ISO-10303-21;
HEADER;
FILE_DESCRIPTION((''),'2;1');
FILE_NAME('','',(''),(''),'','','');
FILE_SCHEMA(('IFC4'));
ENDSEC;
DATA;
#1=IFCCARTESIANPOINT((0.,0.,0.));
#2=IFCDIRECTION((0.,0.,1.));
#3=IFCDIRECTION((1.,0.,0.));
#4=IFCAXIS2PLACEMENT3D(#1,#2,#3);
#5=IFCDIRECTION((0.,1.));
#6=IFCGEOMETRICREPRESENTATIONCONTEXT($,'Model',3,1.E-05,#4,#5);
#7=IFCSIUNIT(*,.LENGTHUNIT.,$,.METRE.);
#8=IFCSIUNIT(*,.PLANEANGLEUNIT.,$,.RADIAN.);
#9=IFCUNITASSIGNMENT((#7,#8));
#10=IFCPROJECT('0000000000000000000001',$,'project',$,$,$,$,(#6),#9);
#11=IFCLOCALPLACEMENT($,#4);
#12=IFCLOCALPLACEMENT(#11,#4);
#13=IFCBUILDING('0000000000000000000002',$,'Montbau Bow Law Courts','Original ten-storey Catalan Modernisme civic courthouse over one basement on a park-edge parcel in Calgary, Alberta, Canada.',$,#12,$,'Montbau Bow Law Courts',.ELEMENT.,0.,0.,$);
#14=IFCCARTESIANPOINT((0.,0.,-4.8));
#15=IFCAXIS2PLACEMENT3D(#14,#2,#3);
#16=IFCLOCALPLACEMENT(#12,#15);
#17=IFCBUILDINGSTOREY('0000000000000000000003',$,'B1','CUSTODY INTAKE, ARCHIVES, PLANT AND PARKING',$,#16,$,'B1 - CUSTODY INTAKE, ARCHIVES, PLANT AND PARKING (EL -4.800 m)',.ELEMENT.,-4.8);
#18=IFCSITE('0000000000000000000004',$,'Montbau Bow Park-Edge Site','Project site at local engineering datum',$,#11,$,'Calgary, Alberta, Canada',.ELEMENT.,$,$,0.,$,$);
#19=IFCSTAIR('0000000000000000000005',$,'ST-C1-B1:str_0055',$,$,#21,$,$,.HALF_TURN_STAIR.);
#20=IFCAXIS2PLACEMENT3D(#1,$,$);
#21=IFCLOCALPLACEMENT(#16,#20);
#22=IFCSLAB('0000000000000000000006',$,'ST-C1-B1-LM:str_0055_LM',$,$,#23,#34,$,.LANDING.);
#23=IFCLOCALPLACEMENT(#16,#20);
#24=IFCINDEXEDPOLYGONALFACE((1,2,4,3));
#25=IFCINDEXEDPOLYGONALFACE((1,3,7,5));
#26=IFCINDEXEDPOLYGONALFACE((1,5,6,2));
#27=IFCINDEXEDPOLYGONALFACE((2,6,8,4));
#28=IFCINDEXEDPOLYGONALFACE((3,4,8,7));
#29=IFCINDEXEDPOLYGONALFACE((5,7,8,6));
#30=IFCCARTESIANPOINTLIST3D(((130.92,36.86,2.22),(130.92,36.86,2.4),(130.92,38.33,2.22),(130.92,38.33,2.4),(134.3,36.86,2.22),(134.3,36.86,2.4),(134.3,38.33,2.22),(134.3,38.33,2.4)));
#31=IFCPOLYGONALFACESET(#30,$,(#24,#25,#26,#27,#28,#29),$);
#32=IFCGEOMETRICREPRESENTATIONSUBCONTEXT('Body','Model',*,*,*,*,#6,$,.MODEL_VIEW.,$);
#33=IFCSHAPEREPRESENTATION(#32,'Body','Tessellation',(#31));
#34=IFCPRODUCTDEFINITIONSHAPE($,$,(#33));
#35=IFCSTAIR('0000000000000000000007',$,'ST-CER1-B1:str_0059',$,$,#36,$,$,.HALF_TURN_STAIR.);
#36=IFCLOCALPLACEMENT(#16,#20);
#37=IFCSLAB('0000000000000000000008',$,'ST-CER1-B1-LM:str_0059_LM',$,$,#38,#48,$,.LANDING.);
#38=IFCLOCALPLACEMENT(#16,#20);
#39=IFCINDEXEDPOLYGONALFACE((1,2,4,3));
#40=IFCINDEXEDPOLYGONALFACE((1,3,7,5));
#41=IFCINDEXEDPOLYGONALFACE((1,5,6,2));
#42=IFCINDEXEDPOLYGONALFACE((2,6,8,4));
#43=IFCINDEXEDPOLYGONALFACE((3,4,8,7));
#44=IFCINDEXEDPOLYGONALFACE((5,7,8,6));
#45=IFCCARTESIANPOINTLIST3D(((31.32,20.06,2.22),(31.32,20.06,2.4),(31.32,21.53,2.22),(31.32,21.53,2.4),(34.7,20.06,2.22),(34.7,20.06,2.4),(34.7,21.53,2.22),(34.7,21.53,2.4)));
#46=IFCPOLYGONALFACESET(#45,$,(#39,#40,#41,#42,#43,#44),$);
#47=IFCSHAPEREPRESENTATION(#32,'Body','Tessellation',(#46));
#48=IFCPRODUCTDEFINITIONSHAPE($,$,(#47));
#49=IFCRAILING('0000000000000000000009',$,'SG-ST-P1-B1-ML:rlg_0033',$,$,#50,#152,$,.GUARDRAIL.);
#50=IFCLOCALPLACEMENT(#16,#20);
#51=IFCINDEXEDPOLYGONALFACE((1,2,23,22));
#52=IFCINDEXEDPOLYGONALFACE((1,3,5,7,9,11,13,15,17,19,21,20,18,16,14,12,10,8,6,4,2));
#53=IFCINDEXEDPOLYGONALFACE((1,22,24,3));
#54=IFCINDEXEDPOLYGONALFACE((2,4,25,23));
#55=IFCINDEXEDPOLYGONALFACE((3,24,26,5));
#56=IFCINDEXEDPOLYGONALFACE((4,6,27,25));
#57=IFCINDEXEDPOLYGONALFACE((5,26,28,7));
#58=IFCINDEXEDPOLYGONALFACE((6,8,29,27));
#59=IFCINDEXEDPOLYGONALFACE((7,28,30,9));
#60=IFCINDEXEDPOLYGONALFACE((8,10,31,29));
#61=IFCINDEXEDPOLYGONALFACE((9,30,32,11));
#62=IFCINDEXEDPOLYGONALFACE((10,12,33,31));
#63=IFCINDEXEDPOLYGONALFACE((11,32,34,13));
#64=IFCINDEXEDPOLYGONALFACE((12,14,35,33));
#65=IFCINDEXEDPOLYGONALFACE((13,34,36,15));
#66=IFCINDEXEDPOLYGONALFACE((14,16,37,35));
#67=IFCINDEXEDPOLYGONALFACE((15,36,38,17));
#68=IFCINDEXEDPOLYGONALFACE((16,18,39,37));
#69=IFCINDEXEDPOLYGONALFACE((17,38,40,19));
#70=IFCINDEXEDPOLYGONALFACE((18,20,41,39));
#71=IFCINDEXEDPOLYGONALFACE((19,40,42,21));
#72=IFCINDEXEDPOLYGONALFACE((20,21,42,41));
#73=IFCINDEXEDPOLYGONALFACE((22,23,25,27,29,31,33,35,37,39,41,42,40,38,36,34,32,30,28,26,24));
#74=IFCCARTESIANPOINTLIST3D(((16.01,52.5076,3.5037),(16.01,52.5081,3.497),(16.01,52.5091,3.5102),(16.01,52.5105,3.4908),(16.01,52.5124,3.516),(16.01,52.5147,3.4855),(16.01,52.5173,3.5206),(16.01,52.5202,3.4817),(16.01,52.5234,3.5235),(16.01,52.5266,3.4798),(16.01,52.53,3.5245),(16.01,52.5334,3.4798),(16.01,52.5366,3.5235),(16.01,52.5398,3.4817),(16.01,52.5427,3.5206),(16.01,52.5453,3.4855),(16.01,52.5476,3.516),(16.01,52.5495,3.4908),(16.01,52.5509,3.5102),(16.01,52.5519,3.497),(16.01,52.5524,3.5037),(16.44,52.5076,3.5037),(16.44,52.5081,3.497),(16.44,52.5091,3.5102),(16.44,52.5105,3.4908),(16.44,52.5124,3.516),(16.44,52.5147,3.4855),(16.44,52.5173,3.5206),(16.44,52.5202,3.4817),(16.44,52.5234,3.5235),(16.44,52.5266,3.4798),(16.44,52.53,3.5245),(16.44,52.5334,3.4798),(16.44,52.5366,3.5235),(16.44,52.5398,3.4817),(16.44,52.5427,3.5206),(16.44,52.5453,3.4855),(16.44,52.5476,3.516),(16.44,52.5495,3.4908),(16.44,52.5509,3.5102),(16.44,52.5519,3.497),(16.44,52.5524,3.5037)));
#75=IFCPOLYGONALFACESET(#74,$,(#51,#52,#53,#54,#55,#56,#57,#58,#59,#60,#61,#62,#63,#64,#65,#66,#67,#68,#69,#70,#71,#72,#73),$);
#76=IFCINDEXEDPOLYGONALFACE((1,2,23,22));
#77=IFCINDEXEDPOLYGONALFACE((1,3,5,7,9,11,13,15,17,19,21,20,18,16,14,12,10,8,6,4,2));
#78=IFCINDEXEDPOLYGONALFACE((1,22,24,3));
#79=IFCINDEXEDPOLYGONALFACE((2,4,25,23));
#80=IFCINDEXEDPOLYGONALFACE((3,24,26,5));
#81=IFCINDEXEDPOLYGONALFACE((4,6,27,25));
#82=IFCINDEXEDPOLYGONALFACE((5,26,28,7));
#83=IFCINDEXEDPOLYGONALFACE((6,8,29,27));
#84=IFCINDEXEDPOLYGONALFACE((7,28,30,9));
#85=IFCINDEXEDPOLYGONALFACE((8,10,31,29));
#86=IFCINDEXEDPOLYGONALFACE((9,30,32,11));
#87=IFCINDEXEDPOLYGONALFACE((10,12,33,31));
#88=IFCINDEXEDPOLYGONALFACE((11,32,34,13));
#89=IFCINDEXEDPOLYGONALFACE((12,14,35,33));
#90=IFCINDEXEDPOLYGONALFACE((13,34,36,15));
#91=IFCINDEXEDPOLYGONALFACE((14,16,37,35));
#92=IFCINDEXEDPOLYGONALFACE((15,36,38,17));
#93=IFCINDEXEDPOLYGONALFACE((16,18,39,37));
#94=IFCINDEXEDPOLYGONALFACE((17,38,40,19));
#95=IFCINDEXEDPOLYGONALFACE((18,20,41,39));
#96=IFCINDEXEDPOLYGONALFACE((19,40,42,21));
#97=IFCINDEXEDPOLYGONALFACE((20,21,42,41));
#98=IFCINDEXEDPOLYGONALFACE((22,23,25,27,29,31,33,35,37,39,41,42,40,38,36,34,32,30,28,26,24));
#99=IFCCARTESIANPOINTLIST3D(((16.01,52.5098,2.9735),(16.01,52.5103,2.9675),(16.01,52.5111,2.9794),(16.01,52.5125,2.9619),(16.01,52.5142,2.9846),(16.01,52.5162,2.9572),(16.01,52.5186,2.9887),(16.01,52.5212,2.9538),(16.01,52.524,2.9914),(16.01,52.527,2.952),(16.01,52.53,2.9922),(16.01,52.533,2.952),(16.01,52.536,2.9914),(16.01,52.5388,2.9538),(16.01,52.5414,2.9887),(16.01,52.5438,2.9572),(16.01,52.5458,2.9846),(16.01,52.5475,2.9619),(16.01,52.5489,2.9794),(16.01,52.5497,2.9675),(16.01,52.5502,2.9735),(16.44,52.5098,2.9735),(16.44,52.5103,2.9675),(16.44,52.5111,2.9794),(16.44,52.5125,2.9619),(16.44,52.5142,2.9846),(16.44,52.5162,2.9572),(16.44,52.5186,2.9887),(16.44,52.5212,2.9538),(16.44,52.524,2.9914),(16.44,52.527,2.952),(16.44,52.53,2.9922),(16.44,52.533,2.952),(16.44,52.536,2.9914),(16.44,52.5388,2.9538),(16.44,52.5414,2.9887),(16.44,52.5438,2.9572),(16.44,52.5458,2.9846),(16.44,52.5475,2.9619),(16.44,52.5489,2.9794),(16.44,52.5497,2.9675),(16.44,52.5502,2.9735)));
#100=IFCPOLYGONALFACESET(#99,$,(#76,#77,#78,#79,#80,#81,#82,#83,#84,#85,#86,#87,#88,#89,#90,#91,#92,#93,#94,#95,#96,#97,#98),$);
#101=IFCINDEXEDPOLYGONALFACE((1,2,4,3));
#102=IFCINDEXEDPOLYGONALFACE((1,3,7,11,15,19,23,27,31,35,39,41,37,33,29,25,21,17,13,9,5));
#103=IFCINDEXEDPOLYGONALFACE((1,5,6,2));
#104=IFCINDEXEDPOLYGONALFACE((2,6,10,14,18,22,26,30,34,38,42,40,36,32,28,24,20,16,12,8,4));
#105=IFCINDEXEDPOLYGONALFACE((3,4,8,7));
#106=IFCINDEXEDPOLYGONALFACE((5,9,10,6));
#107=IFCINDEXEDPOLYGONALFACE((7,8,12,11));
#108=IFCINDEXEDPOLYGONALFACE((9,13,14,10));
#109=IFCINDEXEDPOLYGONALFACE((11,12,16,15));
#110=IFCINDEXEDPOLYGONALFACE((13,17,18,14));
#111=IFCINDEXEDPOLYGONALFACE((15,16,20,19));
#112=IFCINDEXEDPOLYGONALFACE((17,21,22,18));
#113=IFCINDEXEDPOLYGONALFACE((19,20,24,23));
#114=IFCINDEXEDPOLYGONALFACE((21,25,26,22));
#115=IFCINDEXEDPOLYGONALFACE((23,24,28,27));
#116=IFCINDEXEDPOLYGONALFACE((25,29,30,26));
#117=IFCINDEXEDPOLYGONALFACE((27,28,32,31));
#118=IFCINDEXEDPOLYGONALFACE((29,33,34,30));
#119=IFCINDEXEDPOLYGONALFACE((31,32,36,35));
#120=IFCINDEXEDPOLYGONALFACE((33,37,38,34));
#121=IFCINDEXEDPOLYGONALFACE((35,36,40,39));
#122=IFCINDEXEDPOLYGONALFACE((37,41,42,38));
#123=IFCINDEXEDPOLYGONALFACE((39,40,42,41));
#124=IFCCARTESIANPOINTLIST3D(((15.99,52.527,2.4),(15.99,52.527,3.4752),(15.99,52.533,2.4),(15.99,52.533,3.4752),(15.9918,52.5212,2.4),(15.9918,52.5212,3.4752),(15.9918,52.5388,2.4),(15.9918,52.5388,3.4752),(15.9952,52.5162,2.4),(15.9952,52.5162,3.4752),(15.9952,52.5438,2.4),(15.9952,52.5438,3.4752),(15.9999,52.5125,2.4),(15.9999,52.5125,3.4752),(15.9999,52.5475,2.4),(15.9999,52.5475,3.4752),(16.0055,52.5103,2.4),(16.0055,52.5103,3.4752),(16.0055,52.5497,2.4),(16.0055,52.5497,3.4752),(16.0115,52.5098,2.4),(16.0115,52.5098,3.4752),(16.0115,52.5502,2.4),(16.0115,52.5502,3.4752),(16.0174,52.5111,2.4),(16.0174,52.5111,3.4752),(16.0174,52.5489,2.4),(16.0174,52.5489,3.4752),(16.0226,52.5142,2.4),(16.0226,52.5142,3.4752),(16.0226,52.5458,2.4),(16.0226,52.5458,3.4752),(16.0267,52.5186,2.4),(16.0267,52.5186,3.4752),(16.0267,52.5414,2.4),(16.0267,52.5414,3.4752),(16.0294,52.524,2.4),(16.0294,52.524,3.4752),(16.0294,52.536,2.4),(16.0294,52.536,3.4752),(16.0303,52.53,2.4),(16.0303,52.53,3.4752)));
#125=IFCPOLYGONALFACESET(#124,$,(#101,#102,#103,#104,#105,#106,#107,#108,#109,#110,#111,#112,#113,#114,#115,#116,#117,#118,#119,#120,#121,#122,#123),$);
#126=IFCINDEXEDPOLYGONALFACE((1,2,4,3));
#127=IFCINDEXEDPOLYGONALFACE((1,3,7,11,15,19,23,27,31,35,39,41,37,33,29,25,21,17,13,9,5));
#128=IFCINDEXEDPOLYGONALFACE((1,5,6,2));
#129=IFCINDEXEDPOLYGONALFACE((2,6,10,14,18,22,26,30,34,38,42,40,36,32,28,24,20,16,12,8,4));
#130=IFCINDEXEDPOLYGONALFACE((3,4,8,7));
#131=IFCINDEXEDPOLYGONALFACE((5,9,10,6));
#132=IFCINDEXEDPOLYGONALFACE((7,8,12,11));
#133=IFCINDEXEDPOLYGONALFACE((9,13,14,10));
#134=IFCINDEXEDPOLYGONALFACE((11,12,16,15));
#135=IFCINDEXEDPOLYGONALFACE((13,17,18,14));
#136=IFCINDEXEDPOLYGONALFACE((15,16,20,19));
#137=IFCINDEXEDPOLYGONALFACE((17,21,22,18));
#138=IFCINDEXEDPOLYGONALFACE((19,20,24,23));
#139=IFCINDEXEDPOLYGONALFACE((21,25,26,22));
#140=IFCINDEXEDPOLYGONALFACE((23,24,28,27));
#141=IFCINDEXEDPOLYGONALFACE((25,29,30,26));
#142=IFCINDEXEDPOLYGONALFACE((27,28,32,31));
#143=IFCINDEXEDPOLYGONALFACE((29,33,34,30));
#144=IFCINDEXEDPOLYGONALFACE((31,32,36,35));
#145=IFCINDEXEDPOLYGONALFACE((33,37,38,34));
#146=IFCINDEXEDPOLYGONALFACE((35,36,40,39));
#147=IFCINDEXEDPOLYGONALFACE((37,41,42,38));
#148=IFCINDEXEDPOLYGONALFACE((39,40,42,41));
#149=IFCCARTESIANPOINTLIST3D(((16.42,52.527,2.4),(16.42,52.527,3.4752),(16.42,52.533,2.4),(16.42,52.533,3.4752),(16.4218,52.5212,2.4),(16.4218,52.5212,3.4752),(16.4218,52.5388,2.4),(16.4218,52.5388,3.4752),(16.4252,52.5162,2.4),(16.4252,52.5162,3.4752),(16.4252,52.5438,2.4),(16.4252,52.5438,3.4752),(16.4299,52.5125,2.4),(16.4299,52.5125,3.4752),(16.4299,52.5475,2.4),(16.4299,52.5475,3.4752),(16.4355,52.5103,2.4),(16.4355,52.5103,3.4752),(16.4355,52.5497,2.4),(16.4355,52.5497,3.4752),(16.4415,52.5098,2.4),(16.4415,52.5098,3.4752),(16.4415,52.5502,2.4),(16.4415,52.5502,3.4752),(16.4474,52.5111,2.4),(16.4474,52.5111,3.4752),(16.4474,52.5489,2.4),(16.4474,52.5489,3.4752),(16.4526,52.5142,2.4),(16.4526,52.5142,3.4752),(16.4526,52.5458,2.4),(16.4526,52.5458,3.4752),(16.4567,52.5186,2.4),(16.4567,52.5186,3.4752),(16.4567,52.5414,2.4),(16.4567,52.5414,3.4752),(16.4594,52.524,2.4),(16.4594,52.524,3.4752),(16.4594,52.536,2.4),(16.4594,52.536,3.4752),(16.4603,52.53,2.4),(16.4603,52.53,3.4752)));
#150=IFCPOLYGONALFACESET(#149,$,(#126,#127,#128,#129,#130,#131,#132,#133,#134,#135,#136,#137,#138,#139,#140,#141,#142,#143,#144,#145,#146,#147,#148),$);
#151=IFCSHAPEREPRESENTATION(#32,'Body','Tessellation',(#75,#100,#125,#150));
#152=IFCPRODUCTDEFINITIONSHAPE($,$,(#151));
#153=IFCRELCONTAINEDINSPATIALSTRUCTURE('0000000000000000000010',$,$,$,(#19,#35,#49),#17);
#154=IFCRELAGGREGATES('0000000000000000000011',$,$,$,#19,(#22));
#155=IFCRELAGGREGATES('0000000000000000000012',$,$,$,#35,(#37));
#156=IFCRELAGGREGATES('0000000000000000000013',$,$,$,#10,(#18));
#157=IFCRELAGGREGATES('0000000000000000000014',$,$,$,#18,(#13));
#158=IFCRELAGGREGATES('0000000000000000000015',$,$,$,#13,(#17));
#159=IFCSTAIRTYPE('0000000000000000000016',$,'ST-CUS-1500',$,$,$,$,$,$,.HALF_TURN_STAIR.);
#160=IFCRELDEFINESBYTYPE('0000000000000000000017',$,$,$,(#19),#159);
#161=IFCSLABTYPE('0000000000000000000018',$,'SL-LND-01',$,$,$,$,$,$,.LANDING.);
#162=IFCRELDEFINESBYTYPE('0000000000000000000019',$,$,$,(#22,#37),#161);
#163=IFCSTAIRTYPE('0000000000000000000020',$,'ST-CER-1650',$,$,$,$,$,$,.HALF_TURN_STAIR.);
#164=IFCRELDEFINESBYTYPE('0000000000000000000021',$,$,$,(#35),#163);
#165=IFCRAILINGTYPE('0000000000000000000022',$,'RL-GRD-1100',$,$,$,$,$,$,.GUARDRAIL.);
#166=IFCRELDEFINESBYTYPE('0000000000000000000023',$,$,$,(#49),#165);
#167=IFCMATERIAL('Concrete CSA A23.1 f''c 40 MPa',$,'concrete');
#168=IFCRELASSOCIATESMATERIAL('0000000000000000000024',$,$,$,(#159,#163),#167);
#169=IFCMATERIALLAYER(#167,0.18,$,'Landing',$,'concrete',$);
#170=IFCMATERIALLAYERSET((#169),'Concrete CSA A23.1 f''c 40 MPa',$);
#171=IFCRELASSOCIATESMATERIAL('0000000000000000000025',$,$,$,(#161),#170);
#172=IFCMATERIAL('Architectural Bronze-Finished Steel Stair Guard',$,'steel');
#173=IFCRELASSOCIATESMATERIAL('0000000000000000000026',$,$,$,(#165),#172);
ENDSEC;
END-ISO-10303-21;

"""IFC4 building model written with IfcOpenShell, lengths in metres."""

from ifc_helpers import new_model, si_unit, direction, frame, origin_with_axes, origin_2d_with_axis, place, context, subcontext, project, spatial, polyline, circle, outline, extrude, material, layer, layer_set, type_object, element, aggregate, save


model = new_model("IFC4")

# Units and contexts
model_context = context("Model", 3, precision=1e-05, world=origin_with_axes(), true_north=direction((0.0, 1.0)))
body_context = subcontext(model_context, "Body", "Model", "MODEL_VIEW")
ifc_project = project(units=[si_unit("LENGTHUNIT", "METRE"), si_unit("PLANEANGLEUNIT", "RADIAN")], contexts=[model_context])

# Site, building, storey
site_placement = place(None, origin_with_axes())
site = spatial("IfcSite", under=ifc_project, at=site_placement, Name="Montbau Bow Park-Edge Site", Description="Project site at local engineering datum", LongName="Calgary, Alberta, Canada", CompositionType="ELEMENT", RefElevation=0.0)
building_placement = place(site_placement, origin_with_axes())
building = spatial("IfcBuilding", under=site, at=building_placement, Name="Montbau Bow Law Courts", Description="Original ten-storey Catalan Modernisme civic courthouse over one basement on a park-edge parcel in Calgary, Alberta, Canada.", LongName="Montbau Bow Law Courts", CompositionType="ELEMENT", ElevationOfRefHeight=0.0, ElevationOfTerrain=0.0)
storey_placement = place(building_placement, frame((0.0, 0.0, -4.8), z_axis=(0.0, 0.0, 1.0), x_axis=(1.0, 0.0, 0.0)))
storey = spatial("IfcBuildingStorey", under=building, at=storey_placement, Name="B1", Description="CUSTODY INTAKE, ARCHIVES, PLANT AND PARKING", LongName="B1 - CUSTODY INTAKE, ARCHIVES, PLANT AND PARKING (EL -4.800 m)", CompositionType="ELEMENT", Elevation=-4.8)

# Stairs, slabs
ifc_material_1 = material(Name="Concrete CSA A23.1 f'c 40 MPa", Category="concrete")
stair_type_1 = type_object("IfcStairType", Name="ST-CUS-1500", PredefinedType="HALF_TURN_STAIR", material=ifc_material_1)
stair_1_placement = place(None, frame((131.69, 32.7, -4.8), z_axis=(0.0, 0.0, 1.0), x_axis=(1.0, 0.0, 0.0)))
stair_1 = element("IfcStair", 1, at=stair_1_placement, inside=storey, type_object=stair_type_1, Name="ST-C1-B1:str_0055", PredefinedType="HALF_TURN_STAIR")
ifc_layer = layer(ifc_material_1, 0.18, Name="Landing", Category="concrete")
ifc_layer_set = layer_set([ifc_layer], Name="Concrete CSA A23.1 f'c 40 MPa")
slab_type = type_object("IfcSlabType", Name="SL-LND-01", PredefinedType="LANDING", material=ifc_layer_set)
slab_1_placement = place(None, frame((0.0, 0.0, -2.58), z_axis=(0.0, 0.0, 1.0), x_axis=(1.0, 0.0, 0.0)))
slab_1 = element("IfcSlab", 2, at=slab_1_placement, type_object=slab_type, Name="ST-C1-B1-LM:str_0055_LM", PredefinedType="LANDING", context=body_context, shape_type="SweptSolid", body=[
    extrude(outline(polyline([(130.92, 36.86), (134.3, 36.86), (134.3, 38.33), (130.92, 38.33), (130.92, 36.86)])), origin_with_axes(), (0.0, 0.0, 1.0), 0.18),
])
aggregate(stair_1, [slab_1])
stair_type_2 = type_object("IfcStairType", Name="ST-CER-1650", PredefinedType="HALF_TURN_STAIR", material=ifc_material_1)
stair_2_placement = place(None, frame((32.11, 15.9, -4.8), z_axis=(0.0, 0.0, 1.0), x_axis=(1.0, 0.0, 0.0)))
stair_2 = element("IfcStair", 3, at=stair_2_placement, inside=storey, type_object=stair_type_2, Name="ST-CER1-B1:str_0059", PredefinedType="HALF_TURN_STAIR")
slab_2_placement = place(None, frame((0.0, 0.0, -2.58), z_axis=(0.0, 0.0, 1.0), x_axis=(1.0, 0.0, 0.0)))
slab_2 = element("IfcSlab", 4, at=slab_2_placement, type_object=slab_type, Name="ST-CER1-B1-LM:str_0059_LM", PredefinedType="LANDING", context=body_context, shape_type="SweptSolid", body=[
    extrude(outline(polyline([(31.32, 20.06), (34.7, 20.06), (34.7, 21.53), (31.32, 21.53), (31.32, 20.06)])), origin_with_axes(), (0.0, 0.0, 1.0), 0.18),
])
aggregate(stair_2, [slab_2])

# Railing
ifc_material_2 = material(Name="Architectural Bronze-Finished Steel Stair Guard", Category="steel")
railing_type_1 = type_object("IfcRailingType", Name="RL-GRD-1100", PredefinedType="GUARDRAIL", material=ifc_material_2)
railing_1_placement = place(None, origin_with_axes())
element("IfcRailing", 5, at=railing_1_placement, inside=storey, type_object=railing_type_1, Name="SG-ST-P1-B1-ML:rlg_0033", PredefinedType="GUARDRAIL", context=body_context, shape_type="SweptSolid", body=[
    extrude(circle(Radius=0.0225, at=origin_2d_with_axis()), frame((16.01, 52.53, -1.298), z_axis=(1.0, 0.0, 0.0), x_axis=(0.0, 0.0, 1.0)), (0.0, 0.0, 1.0), 0.43),
    extrude(circle(Radius=0.0203, at=origin_2d_with_axis()), frame((16.01, 52.53, -1.828), z_axis=(1.0, 0.0, 0.0), x_axis=(0.0, 0.0, 1.0)), (0.0, 0.0, 1.0), 0.43),
    extrude(circle(Radius=0.0203, at=origin_2d_with_axis()), frame((16.01, 52.53, -2.4), z_axis=(0.0, 0.0, 1.0), x_axis=(1.0, 0.0, 0.0)), (0.0, 0.0, 1.0), 1.0753),
    extrude(circle(Radius=0.0203, at=origin_2d_with_axis()), frame((16.44, 52.53, -2.4), z_axis=(0.0, 0.0, 1.0), x_axis=(1.0, 0.0, 0.0)), (0.0, 0.0, 1.0), 1.0753),
])

save(model, "model.ifc")
